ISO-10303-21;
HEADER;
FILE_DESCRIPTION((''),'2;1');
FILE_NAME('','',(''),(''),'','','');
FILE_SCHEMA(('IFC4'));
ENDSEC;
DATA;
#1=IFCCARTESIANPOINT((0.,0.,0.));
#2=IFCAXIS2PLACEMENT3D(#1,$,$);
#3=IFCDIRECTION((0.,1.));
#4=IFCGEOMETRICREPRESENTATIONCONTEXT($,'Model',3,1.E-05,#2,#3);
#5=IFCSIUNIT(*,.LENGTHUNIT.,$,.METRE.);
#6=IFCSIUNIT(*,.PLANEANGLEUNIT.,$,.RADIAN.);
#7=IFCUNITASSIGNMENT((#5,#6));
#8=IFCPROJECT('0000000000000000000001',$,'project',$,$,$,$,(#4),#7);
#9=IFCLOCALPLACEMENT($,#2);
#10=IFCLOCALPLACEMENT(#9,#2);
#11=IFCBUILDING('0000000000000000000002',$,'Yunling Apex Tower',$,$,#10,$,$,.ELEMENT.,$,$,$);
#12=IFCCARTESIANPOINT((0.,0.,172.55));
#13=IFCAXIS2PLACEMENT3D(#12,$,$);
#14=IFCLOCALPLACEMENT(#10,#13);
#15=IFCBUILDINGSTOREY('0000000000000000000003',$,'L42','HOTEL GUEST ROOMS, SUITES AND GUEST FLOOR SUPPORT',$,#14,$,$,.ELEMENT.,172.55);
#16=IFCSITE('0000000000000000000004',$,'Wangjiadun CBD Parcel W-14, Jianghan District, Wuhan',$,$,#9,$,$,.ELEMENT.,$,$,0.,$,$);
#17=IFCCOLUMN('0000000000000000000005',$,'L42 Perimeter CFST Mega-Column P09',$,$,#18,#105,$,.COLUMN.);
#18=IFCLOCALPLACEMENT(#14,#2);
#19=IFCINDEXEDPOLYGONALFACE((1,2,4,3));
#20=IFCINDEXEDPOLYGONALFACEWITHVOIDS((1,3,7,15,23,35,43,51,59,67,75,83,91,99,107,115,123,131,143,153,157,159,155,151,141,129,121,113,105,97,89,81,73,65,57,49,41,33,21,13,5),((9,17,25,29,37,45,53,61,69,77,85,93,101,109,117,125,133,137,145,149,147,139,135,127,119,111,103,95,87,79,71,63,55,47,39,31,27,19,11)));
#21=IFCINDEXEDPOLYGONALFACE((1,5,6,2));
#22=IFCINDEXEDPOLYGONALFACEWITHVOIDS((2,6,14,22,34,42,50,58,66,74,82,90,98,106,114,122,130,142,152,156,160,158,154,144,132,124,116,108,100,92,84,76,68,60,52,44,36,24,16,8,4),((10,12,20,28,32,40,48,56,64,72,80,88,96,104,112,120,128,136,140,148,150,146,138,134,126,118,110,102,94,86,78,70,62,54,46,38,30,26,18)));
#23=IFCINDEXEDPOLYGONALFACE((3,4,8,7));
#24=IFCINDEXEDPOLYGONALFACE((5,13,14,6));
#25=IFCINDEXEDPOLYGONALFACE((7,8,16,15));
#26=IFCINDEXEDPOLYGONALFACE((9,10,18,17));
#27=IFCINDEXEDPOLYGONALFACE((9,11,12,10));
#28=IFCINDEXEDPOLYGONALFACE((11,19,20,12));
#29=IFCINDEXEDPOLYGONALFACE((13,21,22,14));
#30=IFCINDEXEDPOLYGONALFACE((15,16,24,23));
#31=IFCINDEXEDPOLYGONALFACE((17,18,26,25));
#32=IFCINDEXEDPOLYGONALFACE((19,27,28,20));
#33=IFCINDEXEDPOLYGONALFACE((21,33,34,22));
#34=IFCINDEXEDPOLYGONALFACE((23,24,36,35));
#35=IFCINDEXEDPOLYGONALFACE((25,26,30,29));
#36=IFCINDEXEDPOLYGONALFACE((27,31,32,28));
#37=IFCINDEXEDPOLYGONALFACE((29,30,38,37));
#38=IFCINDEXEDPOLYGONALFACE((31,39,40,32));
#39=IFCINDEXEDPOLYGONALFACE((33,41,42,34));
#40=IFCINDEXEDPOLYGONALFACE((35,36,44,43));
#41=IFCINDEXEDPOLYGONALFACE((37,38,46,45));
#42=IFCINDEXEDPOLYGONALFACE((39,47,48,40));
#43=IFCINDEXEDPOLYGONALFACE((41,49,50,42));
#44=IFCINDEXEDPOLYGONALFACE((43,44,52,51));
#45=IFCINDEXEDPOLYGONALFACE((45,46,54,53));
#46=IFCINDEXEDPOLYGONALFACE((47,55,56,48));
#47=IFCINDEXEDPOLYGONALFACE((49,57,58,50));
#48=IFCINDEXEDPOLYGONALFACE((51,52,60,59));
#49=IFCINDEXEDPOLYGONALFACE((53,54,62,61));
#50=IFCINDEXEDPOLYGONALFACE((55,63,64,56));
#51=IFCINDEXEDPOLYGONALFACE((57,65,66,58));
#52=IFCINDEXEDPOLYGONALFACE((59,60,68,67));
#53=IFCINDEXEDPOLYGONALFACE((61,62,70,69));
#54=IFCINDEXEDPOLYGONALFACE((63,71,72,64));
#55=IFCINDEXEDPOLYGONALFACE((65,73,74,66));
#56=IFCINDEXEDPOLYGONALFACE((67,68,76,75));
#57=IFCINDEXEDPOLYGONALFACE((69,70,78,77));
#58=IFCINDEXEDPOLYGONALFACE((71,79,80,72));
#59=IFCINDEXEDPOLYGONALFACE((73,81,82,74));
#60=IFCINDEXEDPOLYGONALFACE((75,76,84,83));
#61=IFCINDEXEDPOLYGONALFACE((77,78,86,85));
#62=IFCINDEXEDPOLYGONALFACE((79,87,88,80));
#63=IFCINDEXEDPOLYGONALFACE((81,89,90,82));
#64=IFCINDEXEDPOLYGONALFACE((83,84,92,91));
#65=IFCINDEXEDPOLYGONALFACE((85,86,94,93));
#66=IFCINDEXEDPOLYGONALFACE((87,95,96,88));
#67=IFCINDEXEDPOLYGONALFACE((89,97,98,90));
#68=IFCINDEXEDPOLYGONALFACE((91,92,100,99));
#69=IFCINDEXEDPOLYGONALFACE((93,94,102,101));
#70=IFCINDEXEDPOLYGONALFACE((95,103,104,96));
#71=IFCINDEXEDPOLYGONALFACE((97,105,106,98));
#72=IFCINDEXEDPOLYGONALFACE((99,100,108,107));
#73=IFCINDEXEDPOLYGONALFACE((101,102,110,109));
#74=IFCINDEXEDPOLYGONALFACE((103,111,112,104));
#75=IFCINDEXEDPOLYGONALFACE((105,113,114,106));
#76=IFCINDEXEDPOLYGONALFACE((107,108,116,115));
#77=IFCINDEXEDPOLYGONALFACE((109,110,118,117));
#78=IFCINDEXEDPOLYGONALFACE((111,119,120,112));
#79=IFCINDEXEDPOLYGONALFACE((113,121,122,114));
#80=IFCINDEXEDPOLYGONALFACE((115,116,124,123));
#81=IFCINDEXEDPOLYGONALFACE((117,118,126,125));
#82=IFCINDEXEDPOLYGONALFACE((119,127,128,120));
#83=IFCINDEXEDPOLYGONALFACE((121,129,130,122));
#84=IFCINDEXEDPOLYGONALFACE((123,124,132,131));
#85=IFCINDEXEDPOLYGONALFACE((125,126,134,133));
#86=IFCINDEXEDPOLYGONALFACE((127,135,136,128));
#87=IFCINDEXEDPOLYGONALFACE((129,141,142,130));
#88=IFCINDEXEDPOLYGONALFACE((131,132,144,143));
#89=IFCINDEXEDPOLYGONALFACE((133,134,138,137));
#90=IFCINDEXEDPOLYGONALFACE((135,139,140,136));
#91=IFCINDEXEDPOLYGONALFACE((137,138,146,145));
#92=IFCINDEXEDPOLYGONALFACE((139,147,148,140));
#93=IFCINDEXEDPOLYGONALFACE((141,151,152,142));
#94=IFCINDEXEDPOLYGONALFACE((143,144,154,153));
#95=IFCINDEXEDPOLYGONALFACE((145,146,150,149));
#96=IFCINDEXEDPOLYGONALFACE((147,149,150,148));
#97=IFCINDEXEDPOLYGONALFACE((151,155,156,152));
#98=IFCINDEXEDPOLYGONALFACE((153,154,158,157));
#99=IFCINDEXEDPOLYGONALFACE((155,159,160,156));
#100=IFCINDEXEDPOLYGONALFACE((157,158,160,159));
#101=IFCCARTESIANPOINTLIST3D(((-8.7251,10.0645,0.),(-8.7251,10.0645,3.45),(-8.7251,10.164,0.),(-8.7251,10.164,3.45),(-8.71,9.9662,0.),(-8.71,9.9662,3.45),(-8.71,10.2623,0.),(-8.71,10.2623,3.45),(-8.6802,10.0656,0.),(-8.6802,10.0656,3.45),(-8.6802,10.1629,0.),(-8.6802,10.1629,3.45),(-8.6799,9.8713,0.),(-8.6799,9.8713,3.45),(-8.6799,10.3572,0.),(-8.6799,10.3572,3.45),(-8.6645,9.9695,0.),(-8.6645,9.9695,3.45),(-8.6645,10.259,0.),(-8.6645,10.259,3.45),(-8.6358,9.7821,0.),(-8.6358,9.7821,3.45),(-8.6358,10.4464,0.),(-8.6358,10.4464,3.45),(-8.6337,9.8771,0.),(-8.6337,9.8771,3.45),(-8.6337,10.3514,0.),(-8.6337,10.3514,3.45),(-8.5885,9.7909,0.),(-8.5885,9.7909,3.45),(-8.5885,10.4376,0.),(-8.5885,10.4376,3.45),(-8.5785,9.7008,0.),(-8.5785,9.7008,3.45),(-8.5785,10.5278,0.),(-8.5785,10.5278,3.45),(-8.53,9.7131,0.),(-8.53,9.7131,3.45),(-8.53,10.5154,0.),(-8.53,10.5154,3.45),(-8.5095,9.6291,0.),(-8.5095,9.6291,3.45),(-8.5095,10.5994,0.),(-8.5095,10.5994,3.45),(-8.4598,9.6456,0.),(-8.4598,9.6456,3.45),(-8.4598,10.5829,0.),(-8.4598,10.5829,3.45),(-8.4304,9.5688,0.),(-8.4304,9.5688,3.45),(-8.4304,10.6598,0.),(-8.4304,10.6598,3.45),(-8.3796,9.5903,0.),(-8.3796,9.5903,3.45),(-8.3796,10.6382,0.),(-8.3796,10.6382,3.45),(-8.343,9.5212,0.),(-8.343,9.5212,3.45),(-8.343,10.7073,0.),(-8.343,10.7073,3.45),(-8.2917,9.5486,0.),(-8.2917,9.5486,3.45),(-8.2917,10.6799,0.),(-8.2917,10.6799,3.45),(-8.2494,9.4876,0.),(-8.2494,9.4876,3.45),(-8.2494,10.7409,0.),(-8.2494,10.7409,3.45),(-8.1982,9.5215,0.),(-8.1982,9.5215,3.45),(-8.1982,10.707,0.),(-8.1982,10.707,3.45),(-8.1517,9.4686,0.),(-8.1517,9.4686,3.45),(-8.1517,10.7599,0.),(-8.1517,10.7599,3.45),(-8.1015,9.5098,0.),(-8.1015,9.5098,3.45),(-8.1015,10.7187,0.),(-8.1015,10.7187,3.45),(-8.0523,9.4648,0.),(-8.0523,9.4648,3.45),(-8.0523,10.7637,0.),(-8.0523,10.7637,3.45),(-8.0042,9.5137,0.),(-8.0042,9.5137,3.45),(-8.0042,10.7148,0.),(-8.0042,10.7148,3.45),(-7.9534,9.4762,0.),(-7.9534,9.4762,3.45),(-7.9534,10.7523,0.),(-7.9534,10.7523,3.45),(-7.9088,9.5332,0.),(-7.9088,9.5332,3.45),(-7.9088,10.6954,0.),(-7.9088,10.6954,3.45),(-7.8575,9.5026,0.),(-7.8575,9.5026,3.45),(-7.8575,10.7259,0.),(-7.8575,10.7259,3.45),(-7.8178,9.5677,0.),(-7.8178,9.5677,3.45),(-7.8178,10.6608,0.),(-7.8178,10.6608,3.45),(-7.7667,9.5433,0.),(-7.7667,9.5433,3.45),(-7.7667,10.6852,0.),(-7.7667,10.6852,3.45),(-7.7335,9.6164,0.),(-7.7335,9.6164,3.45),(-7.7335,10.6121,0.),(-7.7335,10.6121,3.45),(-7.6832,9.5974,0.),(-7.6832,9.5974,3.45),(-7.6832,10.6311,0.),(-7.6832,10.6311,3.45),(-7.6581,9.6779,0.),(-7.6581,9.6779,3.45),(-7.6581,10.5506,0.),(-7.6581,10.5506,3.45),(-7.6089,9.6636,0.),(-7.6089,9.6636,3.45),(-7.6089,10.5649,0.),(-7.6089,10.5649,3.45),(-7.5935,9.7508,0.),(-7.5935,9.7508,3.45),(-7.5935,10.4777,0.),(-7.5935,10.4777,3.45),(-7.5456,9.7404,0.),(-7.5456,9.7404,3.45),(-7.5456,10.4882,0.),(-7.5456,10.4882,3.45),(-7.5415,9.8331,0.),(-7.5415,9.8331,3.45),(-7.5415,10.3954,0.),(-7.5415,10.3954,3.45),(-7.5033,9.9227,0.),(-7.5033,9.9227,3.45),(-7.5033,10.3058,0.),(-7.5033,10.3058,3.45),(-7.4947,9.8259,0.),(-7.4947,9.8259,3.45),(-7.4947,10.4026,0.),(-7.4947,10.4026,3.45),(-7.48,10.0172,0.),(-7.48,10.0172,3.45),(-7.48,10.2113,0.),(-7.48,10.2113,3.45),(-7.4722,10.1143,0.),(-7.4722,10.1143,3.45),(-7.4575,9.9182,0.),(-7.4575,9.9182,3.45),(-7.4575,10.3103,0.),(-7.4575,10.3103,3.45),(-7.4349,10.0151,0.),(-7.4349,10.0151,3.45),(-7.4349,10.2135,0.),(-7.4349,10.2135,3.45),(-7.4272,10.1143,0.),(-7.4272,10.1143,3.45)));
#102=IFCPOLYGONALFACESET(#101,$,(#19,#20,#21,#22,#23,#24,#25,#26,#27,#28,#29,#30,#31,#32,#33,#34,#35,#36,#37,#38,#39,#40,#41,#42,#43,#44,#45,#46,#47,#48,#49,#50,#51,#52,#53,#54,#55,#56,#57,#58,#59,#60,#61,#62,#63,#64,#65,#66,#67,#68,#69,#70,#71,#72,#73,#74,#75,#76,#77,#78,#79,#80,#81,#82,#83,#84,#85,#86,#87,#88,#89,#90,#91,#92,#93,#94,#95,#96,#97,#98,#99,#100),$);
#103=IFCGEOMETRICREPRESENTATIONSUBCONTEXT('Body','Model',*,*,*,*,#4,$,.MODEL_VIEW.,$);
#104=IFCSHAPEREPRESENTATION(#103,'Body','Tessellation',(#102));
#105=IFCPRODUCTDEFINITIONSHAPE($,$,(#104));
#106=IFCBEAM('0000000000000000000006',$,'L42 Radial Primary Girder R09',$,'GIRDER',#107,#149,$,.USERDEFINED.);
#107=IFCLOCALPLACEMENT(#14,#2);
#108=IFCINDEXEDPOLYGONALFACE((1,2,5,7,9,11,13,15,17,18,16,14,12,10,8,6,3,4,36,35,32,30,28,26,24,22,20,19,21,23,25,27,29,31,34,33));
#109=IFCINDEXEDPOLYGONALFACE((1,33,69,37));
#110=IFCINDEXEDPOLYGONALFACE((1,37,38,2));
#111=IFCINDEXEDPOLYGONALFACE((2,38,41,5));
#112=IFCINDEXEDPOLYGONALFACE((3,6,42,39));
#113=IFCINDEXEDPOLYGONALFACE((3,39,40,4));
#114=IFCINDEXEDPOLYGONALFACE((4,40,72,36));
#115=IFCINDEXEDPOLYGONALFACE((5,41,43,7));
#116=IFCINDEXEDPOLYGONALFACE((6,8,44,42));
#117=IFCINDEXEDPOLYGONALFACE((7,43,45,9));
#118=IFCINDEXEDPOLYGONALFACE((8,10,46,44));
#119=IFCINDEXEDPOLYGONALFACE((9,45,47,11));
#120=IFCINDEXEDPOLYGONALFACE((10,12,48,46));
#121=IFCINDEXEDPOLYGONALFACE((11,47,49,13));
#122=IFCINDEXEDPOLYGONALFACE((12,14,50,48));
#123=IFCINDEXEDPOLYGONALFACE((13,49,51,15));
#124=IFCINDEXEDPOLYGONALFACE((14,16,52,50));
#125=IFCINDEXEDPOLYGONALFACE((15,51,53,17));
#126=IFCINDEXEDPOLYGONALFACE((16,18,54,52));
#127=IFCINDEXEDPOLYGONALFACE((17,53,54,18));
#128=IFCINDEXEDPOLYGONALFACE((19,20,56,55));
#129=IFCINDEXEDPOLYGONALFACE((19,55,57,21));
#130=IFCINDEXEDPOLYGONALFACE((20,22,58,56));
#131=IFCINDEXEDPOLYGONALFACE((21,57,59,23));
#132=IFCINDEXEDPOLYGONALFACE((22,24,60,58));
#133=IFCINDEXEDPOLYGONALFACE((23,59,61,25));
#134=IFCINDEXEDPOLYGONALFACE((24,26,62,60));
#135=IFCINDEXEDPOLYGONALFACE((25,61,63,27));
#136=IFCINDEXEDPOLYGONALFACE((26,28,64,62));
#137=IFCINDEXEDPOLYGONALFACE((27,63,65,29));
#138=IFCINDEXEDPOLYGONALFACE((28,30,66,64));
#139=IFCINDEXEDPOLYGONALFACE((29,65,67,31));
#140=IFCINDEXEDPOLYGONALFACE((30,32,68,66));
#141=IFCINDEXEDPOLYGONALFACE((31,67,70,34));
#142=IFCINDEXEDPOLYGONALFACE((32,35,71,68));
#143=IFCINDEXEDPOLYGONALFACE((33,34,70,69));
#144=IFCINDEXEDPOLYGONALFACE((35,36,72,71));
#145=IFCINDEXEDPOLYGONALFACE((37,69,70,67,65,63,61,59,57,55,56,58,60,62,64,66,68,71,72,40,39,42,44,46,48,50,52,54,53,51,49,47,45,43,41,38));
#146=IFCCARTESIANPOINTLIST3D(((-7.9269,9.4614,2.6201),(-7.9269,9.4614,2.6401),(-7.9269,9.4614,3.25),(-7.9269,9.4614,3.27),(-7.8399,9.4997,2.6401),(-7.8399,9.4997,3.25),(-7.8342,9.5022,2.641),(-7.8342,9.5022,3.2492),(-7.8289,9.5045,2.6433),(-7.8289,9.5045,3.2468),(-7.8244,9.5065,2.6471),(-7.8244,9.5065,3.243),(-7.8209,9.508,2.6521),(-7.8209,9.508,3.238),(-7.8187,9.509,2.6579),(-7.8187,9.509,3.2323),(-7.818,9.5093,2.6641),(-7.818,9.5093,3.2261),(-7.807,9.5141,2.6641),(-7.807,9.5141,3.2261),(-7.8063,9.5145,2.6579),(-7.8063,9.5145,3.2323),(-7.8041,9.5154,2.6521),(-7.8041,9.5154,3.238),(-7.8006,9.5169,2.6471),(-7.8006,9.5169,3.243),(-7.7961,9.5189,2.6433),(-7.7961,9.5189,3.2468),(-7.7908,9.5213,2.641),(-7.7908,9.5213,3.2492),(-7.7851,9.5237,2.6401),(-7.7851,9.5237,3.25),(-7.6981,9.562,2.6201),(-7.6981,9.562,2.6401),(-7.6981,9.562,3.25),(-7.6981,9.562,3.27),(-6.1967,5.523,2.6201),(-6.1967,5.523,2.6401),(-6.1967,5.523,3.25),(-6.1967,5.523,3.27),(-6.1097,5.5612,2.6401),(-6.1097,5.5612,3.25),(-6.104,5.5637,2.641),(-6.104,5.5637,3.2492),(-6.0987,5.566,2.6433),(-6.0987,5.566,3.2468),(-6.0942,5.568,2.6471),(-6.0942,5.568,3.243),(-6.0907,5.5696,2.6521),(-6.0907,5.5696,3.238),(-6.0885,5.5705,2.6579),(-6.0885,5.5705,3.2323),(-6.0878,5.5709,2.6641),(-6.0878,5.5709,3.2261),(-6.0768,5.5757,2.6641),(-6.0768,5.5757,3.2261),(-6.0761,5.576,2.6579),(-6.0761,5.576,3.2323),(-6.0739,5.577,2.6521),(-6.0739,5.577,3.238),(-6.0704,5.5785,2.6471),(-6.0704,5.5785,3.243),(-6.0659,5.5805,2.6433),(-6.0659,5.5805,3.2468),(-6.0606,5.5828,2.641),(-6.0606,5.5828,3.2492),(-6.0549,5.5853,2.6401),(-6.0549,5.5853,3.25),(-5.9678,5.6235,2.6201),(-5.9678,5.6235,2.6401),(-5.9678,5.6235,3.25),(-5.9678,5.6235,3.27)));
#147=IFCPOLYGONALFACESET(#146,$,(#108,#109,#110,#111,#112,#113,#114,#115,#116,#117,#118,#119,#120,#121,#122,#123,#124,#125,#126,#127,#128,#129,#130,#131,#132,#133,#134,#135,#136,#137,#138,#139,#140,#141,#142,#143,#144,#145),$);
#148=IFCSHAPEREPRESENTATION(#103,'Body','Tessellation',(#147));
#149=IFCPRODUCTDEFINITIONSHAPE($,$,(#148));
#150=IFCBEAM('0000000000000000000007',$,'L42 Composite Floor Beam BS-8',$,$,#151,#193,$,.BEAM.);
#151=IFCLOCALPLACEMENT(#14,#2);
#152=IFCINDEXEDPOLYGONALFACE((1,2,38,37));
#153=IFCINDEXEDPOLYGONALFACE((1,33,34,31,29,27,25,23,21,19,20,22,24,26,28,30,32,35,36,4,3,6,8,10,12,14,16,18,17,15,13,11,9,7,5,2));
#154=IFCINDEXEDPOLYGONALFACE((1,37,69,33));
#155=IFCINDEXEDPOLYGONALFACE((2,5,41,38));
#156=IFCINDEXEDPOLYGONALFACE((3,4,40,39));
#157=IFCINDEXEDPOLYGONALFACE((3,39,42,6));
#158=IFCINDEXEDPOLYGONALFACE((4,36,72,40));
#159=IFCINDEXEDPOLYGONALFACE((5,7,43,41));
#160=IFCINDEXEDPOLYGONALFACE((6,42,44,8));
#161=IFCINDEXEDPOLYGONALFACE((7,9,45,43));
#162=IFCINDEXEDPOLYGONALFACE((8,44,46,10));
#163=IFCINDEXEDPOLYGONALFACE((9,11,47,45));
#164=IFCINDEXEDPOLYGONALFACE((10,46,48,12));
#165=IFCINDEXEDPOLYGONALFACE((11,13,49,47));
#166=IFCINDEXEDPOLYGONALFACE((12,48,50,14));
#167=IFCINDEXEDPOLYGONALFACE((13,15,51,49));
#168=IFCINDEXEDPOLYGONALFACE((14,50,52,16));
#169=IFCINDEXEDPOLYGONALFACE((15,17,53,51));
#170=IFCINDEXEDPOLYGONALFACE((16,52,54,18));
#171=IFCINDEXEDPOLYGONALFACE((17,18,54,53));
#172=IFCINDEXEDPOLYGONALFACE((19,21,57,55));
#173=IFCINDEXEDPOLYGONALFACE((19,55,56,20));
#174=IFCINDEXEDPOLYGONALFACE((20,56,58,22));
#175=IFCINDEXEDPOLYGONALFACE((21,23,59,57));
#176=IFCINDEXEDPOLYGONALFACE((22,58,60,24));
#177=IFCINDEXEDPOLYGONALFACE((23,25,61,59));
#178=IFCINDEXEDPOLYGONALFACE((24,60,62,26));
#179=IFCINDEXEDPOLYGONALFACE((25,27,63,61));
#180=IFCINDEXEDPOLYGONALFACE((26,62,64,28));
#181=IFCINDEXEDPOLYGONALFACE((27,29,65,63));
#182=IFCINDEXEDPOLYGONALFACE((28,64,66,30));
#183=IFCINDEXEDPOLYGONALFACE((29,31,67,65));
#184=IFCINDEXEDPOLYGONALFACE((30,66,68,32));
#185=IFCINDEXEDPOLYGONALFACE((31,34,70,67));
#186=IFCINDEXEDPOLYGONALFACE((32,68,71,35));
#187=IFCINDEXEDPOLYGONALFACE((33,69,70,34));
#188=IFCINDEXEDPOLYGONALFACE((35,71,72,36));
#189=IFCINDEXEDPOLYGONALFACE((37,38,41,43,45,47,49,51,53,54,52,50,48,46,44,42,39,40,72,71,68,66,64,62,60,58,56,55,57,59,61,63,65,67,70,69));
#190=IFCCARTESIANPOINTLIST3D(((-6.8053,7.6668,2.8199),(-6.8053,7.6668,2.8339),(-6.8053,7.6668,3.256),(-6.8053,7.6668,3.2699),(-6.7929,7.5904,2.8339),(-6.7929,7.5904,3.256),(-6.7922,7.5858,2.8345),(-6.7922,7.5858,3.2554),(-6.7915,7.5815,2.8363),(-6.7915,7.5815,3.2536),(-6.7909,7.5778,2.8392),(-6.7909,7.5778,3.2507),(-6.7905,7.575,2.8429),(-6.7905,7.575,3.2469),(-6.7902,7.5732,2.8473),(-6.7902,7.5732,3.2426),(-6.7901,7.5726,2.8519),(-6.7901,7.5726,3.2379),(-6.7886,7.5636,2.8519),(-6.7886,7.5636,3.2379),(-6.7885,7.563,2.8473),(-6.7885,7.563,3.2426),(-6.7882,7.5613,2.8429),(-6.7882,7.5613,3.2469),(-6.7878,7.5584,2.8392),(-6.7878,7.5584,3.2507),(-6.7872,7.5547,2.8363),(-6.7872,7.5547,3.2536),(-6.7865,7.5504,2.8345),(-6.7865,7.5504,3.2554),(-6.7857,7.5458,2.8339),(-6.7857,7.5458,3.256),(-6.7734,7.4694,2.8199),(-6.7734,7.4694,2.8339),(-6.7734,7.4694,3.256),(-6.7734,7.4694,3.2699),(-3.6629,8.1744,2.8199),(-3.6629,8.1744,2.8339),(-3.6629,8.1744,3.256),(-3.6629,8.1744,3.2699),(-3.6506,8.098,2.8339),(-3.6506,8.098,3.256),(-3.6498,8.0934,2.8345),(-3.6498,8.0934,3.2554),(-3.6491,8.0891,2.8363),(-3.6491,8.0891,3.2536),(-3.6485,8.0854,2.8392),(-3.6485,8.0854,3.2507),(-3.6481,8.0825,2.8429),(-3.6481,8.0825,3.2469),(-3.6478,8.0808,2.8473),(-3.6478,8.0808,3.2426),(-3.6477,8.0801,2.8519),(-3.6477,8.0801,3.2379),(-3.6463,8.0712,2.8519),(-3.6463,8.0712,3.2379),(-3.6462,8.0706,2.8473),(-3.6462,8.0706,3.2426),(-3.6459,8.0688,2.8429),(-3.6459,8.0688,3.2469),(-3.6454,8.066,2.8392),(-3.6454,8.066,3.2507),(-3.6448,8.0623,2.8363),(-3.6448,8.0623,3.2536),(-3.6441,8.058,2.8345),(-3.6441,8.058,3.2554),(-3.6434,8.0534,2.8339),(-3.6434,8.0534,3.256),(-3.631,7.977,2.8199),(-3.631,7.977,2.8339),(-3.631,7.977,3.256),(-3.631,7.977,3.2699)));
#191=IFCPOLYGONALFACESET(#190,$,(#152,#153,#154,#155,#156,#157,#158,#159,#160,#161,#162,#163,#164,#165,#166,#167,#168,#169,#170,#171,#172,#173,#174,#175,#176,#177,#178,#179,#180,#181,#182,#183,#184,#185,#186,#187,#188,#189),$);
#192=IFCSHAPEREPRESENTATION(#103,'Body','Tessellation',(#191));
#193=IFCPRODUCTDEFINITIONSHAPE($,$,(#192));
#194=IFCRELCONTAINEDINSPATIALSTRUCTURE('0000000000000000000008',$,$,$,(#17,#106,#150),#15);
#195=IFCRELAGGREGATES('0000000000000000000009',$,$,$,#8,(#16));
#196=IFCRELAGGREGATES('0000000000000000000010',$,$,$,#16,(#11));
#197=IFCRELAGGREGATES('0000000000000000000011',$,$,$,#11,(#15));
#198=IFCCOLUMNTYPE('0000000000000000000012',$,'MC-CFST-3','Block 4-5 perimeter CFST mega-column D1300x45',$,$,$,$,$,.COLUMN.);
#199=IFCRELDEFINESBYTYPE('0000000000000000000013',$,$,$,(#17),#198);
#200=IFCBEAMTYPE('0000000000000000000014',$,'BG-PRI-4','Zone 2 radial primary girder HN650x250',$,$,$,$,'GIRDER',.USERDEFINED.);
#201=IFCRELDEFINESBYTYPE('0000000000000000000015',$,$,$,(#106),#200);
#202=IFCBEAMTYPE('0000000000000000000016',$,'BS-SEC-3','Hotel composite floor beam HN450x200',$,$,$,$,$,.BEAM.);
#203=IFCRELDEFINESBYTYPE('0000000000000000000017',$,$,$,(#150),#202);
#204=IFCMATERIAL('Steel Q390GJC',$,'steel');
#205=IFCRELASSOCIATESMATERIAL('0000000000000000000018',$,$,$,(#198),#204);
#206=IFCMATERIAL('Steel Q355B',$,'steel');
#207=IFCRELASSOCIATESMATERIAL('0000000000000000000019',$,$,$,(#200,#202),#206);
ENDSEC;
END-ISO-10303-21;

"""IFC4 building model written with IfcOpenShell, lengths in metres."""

from ifc_helpers import new_model, si_unit, direction, frame, origin, origin_2d, place, context, subcontext, project, spatial, hollow_circle, i_section, extrude, source, transform, mapped, material, material_profile, profile_set, type_object, element, save


model = new_model("IFC4")

# Units and contexts
model_context = context("Model", 3, precision=1e-05, world=origin(), true_north=direction((0.0, 1.0)))
body_context = subcontext(model_context, "Body", "Model", "MODEL_VIEW")
ifc_project = project(units=[si_unit("LENGTHUNIT", "METRE"), si_unit("PLANEANGLEUNIT", "RADIAN")], contexts=[model_context])

# Site, building, storey
site_placement = place(None, origin())
site = spatial("IfcSite", under=ifc_project, at=site_placement, Name="Wangjiadun CBD Parcel W-14, Jianghan District, Wuhan", CompositionType="ELEMENT", RefElevation=0.0)
building_placement = place(site_placement, origin())
building = spatial("IfcBuilding", under=site, at=building_placement, Name="Yunling Apex Tower", CompositionType="ELEMENT")
storey_placement = place(building_placement, frame((0.0, 0.0, 172.55)))
storey = spatial("IfcBuildingStorey", under=building, at=storey_placement, Name="L42", Description="HOTEL GUEST ROOMS, SUITES AND GUEST FLOOR SUPPORT", CompositionType="ELEMENT", Elevation=172.55)

# Column
ifc_material_1 = material(Name="Steel Q390GJC", Category="steel")
ifc_material_profile_1 = material_profile(ifc_material_1, hollow_circle(Radius=0.6499, WallThickness=0.0449, at=origin_2d()))
ifc_profile_set_1 = profile_set([ifc_material_profile_1], Name="Steel Q390GJC")
column_type = type_object("IfcColumnType", Name="MC-CFST-3", Description="Block 4-5 perimeter CFST mega-column D1300x45", PredefinedType="COLUMN", material=ifc_profile_set_1)
shared_shape_1 = source(origin(), body_context, "Body", "SweptSolid", [
    extrude(hollow_circle(Radius=0.6499, WallThickness=0.0449, at=origin_2d()), origin(), (0.0, 0.0, 1.0), 3.45),
])
column_placement = place(storey_placement, frame((-8.0771, 10.1143, 0.0), z_axis=(0.0, 0.0, 1.0), x_axis=(1.0, 0.0, 0.0)))
element("IfcColumn", 1, at=column_placement, inside=storey, type_object=column_type, Name="L42 Perimeter CFST Mega-Column P09", PredefinedType="COLUMN", context=body_context, shape_type="MappedRepresentation", body=[
    mapped(shared_shape_1, transform((0.0, 0.0, 0.0), scale=1.0)),
])

# Beams
ifc_material_2 = material(Name="Steel Q355B", Category="steel")
ifc_material_profile_2 = material_profile(ifc_material_2, i_section(OverallWidth=0.25, OverallDepth=0.6499, WebThickness=0.012, FlangeThickness=0.02, FilletRadius=0.0239, at=origin_2d()))
ifc_profile_set_2 = profile_set([ifc_material_profile_2], Name="Steel Q355B")
beam_type_1 = type_object("IfcBeamType", Name="BG-PRI-4", Description="Zone 2 radial primary girder HN650x250", ElementType="GIRDER", PredefinedType="USERDEFINED", material=ifc_profile_set_2)
shared_shape_2 = source(origin(), body_context, "Body", "SweptSolid", [
    extrude(i_section(OverallWidth=0.25, OverallDepth=0.6499, WebThickness=0.012, FlangeThickness=0.02, FilletRadius=0.0239, at=origin_2d()), origin(), (0.0, 0.0, 1.0), 4.3018),
])
beam_1_placement = place(storey_placement, frame((-7.8125, 9.5117, 2.9451), z_axis=(0.402212, -0.915547, 0.0), x_axis=(0.915547, 0.402212, 0.0)))
element("IfcBeam", 2, at=beam_1_placement, inside=storey, type_object=beam_type_1, Name="L42 Radial Primary Girder R09", ObjectType="GIRDER", PredefinedType="USERDEFINED", context=body_context, shape_type="MappedRepresentation", body=[
    mapped(shared_shape_2, transform((0.0, 0.0, 0.0), scale=1.0)),
])
ifc_material_profile_3 = material_profile(ifc_material_2, i_section(OverallWidth=0.2, OverallDepth=0.45, WebThickness=0.009, FlangeThickness=0.0139, FilletRadius=0.0181, at=origin_2d()))
ifc_profile_set_3 = profile_set([ifc_material_profile_3], Name="Steel Q355B")
beam_type_2 = type_object("IfcBeamType", Name="BS-SEC-3", Description="Hotel composite floor beam HN450x200", PredefinedType="BEAM", material=ifc_profile_set_3)
shared_shape_3 = source(origin(), body_context, "Body", "SweptSolid", [
    extrude(i_section(OverallWidth=0.2, OverallDepth=0.45, WebThickness=0.009, FlangeThickness=0.0139, FilletRadius=0.0181, at=origin_2d()), origin(), (0.0, 0.0, 1.0), 3.1831),
])
beam_2_placement = place(storey_placement, frame((-3.647, 8.0757, 3.0449), z_axis=(-0.987205, -0.159459, 0.0), x_axis=(0.159459, -0.987205, 0.0)))
element("IfcBeam", 3, at=beam_2_placement, inside=storey, type_object=beam_type_2, Name="L42 Composite Floor Beam BS-8", PredefinedType="BEAM", context=body_context, shape_type="MappedRepresentation", body=[
    mapped(shared_shape_3, transform((0.0, 0.0, 0.0), scale=1.0)),
])

save(model, "model.ifc")
